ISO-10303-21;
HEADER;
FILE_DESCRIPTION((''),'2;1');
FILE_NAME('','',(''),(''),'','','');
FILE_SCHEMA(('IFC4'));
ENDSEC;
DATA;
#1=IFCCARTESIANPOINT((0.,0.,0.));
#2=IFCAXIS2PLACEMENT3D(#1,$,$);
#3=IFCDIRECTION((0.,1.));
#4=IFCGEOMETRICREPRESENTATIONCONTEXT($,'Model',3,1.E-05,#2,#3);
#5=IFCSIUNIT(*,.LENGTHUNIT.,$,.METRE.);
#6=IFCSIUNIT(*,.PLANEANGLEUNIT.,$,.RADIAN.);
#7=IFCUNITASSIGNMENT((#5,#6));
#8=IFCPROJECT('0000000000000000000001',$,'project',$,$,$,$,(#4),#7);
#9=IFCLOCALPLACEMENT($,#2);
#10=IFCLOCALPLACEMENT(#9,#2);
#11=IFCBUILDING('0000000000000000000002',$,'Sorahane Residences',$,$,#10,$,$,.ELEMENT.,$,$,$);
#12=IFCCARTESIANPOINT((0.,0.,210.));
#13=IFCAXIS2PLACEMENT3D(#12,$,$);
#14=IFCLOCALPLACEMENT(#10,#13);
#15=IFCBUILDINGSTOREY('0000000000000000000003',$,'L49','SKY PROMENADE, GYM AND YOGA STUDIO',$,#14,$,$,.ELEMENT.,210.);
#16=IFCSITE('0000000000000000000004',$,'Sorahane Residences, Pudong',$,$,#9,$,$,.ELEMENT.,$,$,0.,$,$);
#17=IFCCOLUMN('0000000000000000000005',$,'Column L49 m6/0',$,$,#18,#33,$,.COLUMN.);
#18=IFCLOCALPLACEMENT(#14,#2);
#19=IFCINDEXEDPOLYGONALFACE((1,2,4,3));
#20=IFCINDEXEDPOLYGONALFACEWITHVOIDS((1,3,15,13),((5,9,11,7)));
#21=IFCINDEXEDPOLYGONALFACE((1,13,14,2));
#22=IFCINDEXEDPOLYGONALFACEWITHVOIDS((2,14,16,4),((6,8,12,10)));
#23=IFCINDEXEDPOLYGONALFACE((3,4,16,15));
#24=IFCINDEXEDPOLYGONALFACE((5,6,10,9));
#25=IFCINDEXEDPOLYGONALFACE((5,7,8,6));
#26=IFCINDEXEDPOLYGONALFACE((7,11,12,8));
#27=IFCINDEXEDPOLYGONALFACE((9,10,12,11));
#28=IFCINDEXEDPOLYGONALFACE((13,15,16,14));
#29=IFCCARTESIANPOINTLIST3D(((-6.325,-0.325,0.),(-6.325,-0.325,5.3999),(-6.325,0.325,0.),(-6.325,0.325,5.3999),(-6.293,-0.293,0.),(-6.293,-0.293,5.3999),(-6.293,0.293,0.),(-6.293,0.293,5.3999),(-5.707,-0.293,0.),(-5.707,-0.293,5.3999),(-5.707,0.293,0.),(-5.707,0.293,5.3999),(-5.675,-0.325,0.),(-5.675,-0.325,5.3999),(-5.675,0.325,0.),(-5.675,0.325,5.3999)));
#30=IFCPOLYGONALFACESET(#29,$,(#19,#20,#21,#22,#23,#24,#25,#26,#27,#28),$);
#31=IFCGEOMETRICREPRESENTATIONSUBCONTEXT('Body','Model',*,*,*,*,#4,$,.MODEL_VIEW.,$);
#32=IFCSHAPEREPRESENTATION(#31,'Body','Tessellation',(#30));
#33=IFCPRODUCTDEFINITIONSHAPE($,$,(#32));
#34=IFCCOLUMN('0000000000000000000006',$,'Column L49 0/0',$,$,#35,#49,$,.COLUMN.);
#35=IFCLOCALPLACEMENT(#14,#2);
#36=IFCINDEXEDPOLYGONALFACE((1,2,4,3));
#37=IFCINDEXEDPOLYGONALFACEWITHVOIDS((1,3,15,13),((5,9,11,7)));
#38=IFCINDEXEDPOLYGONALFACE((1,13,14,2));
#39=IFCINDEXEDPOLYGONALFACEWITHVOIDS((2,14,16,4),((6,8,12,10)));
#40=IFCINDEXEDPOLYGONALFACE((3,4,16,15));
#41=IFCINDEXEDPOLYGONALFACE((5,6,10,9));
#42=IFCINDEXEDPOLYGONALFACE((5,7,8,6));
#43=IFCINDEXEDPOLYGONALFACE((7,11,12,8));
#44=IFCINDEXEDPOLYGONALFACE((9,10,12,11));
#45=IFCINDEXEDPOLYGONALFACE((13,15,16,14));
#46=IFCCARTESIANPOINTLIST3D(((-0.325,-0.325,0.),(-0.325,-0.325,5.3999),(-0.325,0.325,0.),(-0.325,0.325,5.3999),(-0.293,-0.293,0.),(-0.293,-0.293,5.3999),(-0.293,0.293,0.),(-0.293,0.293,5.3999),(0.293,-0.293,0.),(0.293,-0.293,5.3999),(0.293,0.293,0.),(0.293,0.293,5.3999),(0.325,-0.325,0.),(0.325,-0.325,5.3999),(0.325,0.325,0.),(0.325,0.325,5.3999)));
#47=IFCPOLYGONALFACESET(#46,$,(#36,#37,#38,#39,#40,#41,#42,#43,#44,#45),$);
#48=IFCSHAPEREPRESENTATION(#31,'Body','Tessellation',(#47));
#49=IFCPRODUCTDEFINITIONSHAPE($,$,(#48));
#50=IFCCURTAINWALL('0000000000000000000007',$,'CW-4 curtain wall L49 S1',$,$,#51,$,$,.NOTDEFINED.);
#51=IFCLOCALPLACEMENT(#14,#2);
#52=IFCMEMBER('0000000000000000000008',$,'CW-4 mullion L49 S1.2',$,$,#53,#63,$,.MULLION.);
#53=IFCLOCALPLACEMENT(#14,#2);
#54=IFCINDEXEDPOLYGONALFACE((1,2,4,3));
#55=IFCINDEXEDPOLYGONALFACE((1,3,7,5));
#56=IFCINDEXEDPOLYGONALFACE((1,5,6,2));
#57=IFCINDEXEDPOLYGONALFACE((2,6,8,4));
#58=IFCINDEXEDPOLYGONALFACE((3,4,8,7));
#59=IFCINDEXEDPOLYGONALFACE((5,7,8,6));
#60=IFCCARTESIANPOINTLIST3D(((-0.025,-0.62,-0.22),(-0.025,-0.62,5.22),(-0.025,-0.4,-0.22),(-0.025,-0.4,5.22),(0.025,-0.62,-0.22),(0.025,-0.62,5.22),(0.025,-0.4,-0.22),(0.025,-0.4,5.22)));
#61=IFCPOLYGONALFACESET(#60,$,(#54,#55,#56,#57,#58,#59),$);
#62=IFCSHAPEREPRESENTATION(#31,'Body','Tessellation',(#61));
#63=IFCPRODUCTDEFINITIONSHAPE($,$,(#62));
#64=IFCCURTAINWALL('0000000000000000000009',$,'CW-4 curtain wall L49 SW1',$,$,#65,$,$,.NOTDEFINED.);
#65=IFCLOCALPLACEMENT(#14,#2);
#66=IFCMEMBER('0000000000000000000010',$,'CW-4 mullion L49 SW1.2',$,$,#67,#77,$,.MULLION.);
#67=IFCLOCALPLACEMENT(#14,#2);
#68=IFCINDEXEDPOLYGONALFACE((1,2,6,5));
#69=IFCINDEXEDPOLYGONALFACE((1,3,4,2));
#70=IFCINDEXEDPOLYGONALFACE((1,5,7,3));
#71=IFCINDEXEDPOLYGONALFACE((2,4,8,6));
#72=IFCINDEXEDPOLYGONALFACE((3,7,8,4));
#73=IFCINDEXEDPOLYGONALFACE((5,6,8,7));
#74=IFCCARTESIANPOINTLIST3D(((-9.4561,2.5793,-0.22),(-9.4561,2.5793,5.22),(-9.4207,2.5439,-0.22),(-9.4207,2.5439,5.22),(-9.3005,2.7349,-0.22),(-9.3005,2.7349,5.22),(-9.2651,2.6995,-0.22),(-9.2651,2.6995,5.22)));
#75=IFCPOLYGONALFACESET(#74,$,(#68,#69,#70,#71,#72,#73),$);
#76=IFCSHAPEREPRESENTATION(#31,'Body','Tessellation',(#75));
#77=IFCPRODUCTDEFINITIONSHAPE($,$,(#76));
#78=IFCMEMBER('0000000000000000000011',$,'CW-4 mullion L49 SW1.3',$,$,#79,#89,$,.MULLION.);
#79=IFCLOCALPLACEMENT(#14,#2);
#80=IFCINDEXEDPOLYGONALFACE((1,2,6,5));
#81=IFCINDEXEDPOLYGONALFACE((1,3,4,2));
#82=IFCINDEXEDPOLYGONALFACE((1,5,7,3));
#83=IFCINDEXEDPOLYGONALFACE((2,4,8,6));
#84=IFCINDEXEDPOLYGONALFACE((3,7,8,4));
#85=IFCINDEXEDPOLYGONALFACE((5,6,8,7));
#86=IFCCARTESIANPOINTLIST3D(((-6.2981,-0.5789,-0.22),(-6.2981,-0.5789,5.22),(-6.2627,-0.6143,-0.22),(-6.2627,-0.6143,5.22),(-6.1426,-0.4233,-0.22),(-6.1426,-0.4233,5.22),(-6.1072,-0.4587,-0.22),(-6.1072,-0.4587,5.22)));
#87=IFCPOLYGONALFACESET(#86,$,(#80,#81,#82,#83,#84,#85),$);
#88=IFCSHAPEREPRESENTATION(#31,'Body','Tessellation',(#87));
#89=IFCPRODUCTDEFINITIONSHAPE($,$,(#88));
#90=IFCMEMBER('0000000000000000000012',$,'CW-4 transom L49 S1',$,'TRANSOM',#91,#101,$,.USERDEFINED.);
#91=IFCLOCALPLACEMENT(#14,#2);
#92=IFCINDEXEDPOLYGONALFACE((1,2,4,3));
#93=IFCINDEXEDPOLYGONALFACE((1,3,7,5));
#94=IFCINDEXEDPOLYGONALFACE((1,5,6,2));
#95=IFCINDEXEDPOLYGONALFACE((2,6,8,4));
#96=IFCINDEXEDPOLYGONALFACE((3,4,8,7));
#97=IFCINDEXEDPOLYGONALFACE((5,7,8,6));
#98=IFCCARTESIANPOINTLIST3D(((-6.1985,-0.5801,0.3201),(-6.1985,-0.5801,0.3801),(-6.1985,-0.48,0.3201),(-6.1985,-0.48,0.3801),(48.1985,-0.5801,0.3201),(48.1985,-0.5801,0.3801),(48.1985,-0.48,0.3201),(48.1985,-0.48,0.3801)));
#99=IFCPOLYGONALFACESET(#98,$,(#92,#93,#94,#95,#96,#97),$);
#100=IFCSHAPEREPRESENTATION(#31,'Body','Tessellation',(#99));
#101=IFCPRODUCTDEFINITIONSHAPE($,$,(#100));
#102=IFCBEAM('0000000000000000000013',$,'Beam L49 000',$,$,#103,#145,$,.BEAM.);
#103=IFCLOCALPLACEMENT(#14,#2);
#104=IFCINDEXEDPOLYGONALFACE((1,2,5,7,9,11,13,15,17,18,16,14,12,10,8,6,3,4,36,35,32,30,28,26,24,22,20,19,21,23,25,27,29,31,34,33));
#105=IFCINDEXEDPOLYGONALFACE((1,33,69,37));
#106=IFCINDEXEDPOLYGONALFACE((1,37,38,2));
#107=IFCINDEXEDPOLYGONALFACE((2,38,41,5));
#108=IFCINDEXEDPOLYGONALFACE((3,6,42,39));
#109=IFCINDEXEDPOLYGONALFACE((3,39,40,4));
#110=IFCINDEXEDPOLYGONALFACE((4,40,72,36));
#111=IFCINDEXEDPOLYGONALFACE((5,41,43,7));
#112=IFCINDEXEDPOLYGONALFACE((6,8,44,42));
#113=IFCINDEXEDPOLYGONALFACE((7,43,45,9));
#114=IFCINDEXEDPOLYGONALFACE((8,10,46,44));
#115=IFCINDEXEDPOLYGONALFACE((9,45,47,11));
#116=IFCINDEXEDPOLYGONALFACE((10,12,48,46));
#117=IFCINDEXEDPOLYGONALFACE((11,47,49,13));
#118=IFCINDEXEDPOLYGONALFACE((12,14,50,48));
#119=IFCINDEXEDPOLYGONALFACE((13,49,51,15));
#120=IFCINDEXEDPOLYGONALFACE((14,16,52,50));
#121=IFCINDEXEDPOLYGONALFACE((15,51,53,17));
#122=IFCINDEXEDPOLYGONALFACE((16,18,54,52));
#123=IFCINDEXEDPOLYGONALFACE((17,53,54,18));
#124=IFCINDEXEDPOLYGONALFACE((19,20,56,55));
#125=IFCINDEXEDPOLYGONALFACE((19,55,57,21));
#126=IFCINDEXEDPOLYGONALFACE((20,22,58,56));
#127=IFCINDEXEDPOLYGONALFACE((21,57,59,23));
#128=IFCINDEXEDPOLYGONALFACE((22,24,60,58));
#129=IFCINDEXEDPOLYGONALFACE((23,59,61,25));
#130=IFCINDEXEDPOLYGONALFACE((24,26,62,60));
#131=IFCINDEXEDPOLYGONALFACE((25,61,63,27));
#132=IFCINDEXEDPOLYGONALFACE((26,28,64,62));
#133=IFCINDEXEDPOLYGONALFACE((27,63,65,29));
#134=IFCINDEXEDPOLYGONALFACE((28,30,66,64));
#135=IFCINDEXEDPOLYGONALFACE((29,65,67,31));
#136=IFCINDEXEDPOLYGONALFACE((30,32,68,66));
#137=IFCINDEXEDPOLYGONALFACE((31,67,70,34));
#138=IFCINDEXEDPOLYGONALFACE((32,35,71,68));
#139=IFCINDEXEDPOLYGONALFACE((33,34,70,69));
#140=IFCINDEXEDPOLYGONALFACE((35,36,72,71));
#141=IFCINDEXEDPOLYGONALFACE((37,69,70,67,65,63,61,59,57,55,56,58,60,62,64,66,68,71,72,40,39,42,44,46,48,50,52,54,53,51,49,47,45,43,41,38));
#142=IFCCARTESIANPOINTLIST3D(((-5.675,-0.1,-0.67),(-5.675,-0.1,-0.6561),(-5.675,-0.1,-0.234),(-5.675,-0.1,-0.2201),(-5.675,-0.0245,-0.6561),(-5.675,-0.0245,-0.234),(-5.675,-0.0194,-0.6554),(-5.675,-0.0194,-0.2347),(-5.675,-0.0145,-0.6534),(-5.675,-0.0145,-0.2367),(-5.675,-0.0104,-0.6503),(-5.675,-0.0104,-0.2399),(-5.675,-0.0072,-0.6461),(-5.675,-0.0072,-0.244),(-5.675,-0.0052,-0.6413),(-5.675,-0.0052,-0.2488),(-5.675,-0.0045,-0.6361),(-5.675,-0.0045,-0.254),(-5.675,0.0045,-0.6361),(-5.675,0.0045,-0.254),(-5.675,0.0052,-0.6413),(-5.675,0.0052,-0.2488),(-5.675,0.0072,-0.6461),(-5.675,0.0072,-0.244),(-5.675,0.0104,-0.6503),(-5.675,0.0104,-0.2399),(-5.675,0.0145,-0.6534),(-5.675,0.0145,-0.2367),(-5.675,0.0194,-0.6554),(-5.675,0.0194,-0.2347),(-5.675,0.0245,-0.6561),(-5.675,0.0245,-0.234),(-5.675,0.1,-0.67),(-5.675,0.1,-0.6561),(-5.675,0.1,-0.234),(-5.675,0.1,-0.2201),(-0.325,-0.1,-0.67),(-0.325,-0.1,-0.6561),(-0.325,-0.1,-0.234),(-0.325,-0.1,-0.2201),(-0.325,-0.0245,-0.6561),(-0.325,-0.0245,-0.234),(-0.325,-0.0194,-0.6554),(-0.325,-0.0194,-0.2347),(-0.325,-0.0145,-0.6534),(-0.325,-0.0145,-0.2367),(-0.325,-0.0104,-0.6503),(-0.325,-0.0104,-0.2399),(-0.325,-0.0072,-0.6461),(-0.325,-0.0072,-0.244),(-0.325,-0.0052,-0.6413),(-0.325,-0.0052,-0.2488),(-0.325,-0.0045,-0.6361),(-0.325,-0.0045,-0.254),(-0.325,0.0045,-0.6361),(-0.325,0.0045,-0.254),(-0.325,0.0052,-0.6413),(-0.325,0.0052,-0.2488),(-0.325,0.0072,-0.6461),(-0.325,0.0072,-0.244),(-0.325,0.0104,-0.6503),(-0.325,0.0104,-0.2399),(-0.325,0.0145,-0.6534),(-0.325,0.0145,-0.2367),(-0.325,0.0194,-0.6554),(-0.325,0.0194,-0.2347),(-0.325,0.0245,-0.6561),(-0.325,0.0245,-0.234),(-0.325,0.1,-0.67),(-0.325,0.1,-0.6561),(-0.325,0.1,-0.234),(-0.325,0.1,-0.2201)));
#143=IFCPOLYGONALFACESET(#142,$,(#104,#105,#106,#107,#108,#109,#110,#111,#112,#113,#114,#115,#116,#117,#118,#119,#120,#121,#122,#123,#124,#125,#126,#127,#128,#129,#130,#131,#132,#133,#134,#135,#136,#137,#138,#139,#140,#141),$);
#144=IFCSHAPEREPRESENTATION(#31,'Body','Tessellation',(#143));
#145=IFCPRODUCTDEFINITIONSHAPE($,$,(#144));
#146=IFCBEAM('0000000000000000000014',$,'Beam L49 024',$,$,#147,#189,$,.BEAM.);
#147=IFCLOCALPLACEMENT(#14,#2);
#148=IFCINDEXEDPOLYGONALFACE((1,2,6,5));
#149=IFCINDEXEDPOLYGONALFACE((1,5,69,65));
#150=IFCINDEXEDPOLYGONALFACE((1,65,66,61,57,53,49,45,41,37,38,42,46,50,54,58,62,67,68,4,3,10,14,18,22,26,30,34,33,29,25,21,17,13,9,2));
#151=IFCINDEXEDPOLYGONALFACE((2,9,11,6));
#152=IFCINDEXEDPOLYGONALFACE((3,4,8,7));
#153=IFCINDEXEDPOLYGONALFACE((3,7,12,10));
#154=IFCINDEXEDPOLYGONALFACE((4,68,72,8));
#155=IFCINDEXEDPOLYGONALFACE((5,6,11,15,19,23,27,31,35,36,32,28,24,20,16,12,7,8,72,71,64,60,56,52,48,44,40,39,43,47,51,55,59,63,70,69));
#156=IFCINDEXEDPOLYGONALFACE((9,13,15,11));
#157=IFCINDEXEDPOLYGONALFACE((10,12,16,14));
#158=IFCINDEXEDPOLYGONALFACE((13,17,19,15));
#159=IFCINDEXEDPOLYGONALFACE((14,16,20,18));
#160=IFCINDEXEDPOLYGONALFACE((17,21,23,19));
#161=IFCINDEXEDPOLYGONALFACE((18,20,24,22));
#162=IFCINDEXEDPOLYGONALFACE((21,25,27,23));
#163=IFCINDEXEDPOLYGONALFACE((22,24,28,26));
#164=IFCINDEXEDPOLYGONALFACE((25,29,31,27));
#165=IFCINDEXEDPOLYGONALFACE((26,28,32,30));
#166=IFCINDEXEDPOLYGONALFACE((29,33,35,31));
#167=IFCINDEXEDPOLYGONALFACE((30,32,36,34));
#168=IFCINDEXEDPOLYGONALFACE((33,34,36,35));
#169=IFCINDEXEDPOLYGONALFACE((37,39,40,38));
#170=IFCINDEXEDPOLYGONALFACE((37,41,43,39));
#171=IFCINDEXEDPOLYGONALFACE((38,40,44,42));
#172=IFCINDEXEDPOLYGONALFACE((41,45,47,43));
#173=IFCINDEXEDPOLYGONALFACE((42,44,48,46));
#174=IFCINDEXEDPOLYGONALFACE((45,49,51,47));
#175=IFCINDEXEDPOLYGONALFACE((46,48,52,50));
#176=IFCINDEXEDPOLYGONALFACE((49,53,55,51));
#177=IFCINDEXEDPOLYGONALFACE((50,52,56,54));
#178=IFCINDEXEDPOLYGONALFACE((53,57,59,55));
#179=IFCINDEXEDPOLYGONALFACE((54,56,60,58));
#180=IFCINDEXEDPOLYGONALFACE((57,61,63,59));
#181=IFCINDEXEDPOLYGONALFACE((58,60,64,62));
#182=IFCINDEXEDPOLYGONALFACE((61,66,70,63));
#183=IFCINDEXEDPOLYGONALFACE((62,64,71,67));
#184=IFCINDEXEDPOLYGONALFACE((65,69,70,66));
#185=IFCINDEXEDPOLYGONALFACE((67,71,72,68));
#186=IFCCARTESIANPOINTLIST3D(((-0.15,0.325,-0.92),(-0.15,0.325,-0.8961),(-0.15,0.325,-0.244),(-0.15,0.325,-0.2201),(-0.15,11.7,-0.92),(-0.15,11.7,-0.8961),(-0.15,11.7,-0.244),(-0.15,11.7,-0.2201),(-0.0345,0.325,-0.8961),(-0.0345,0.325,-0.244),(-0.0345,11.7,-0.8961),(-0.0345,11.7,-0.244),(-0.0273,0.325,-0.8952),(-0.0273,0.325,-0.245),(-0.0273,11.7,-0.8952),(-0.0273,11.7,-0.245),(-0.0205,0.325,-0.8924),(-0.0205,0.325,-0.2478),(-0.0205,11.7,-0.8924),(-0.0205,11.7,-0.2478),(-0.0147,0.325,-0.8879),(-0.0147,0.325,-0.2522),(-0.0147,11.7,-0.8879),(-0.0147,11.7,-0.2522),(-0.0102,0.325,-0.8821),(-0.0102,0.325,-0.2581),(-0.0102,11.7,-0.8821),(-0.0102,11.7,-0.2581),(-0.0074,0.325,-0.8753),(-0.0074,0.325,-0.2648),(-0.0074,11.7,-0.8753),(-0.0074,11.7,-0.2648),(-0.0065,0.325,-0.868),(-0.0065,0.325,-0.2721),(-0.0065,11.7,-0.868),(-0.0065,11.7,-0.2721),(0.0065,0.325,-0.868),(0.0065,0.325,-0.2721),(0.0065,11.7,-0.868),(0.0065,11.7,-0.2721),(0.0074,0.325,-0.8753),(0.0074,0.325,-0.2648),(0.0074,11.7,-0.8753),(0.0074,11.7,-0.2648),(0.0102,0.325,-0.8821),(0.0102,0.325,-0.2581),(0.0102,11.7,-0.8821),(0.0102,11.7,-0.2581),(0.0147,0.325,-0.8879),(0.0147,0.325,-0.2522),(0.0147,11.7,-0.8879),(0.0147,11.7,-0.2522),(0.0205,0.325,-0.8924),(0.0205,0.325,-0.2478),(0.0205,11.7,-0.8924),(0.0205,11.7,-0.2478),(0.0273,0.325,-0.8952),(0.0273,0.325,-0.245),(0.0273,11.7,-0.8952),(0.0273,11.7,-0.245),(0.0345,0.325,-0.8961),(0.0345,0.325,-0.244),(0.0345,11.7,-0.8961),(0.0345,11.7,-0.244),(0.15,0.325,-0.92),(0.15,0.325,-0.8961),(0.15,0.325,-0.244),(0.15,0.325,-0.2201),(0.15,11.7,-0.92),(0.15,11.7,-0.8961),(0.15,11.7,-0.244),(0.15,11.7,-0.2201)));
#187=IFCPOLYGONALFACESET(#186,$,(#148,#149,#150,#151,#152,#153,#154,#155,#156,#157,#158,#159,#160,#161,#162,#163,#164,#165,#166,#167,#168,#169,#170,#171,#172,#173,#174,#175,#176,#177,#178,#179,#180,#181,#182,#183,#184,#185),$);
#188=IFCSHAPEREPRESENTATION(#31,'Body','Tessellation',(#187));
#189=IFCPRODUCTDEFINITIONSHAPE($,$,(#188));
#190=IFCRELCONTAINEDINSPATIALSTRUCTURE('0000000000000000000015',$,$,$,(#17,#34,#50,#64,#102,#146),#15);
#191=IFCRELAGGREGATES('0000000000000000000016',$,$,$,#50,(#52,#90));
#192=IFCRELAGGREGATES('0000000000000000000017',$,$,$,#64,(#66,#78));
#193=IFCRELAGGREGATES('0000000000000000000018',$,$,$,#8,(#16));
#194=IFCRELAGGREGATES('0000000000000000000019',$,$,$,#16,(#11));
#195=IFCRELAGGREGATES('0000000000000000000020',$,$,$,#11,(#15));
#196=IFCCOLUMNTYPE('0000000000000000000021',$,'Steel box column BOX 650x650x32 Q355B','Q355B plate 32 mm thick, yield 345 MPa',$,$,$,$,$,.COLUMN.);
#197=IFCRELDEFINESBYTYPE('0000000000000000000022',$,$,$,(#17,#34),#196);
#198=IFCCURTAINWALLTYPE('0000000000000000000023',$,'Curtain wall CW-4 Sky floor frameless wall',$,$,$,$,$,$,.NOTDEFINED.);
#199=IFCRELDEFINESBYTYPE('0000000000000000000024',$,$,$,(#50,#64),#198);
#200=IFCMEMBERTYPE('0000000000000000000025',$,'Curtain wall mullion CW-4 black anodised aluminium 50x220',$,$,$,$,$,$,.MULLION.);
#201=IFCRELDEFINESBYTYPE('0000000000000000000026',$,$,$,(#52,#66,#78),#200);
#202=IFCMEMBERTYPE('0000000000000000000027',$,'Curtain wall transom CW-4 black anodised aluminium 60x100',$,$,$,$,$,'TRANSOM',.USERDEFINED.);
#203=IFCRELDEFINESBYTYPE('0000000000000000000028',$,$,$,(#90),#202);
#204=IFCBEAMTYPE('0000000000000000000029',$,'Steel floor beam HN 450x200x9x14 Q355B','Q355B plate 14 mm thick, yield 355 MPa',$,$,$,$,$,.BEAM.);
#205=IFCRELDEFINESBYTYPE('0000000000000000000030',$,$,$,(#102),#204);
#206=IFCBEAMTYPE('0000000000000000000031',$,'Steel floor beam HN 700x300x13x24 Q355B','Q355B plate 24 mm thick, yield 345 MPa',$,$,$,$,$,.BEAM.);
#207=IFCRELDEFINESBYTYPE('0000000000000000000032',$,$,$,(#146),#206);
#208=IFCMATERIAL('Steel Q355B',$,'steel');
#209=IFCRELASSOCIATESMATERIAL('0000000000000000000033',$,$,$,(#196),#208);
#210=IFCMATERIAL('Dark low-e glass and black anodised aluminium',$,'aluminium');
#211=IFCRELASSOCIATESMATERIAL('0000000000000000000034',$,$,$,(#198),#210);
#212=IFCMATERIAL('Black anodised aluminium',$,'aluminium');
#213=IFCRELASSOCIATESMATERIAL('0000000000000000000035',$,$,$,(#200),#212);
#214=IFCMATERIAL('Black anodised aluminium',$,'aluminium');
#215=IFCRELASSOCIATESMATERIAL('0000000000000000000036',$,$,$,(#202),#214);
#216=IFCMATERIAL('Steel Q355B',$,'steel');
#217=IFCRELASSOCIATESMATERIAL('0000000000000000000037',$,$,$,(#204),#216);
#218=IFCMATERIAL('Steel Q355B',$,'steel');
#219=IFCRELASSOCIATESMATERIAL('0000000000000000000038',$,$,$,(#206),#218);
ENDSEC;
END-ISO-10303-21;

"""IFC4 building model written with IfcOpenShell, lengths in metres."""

from ifc_helpers import new_model, si_unit, direction, frame, origin, origin_2d, place, context, subcontext, project, spatial, rectangle, hollow_rectangle, i_section, extrude, material, material_profile, profile_set, type_object, element, aggregate, save


model = new_model("IFC4")

# Units and contexts
model_context = context("Model", 3, precision=1e-05, world=origin(), true_north=direction((0.0, 1.0)))
body_context = subcontext(model_context, "Body", "Model", "MODEL_VIEW")
ifc_project = project(units=[si_unit("LENGTHUNIT", "METRE"), si_unit("PLANEANGLEUNIT", "RADIAN")], contexts=[model_context])

# Site, building, storey
site_placement = place(None, origin())
site = spatial("IfcSite", under=ifc_project, at=site_placement, Name="Sorahane Residences, Pudong", CompositionType="ELEMENT", RefElevation=0.0)
building_placement = place(site_placement, origin())
building = spatial("IfcBuilding", under=site, at=building_placement, Name="Sorahane Residences", CompositionType="ELEMENT")
storey_placement = place(building_placement, frame((0.0, 0.0, 210.0)))
storey = spatial("IfcBuildingStorey", under=building, at=storey_placement, Name="L49", Description="SKY PROMENADE, GYM AND YOGA STUDIO", CompositionType="ELEMENT", Elevation=210.0)

# Columns
ifc_material_1 = material(Name="Steel Q355B", Category="steel")
ifc_material_profile_1 = material_profile(ifc_material_1, hollow_rectangle(XDim=0.6499, YDim=0.6499, WallThickness=0.032, at=origin_2d()), Name="BOX 650x650x32")
ifc_profile_set_1 = profile_set([ifc_material_profile_1], Name="Steel Q355B")
column_type = type_object("IfcColumnType", Name="Steel box column BOX 650x650x32 Q355B", Description="Q355B plate 32 mm thick, yield 345 MPa", PredefinedType="COLUMN", material=ifc_profile_set_1)
for number, where, z_axis, x_axis, name in (
    (1, (-6.0, 0.0, 0.0), (0.0, 0.0, 1.0), (1.0, 0.0, 0.0), "Column L49 m6/0"),
    (2, (0.0, 0.0, 0.0), (0.0, 0.0, 1.0), (1.0, 0.0, 0.0), "Column L49 0/0"),
):
    element("IfcColumn", number, at=place(storey_placement, frame(where, z_axis=z_axis, x_axis=x_axis)), inside=storey, type_object=column_type, Name=name, PredefinedType="COLUMN", context=body_context, shape_type="SweptSolid", body=[
        extrude(hollow_rectangle(XDim=0.6499, YDim=0.6499, WallThickness=0.032, at=origin_2d()), origin(), (0.0, 0.0, 1.0), 5.3999),
    ])

# Curtain wall, member
ifc_material_2 = material(Name="Dark low-e glass and black anodised aluminium", Category="aluminium")
curtain_wall_type = type_object("IfcCurtainWallType", Name="Curtain wall CW-4 Sky floor frameless wall", PredefinedType="NOTDEFINED", material=ifc_material_2)
curtain_wall_1_placement = place(storey_placement, origin())
curtain_wall_1 = element("IfcCurtainWall", 3, at=curtain_wall_1_placement, inside=storey, type_object=curtain_wall_type, Name="CW-4 curtain wall L49 S1", PredefinedType="NOTDEFINED")
ifc_material_3 = material(Name="Black anodised aluminium", Category="aluminium")
ifc_material_profile_2 = material_profile(ifc_material_3, rectangle(XDim=0.22, YDim=0.05, at=origin_2d()), Name="Curtain wall mullion CW-4 black anodised aluminium 50x220")
ifc_profile_set_2 = profile_set([ifc_material_profile_2], Name="Black anodised aluminium")
member_type_1 = type_object("IfcMemberType", Name="Curtain wall mullion CW-4 black anodised aluminium 50x220", PredefinedType="MULLION", material=ifc_profile_set_2)
member_1_placement = place(storey_placement, frame((0.0, -0.51, -0.22), z_axis=(0.0, 0.0, 1.0), x_axis=(0.0, -1.0, 0.0)))
member_1 = element("IfcMember", 4, at=member_1_placement, type_object=member_type_1, Name="CW-4 mullion L49 S1.2", PredefinedType="MULLION", context=body_context, shape_type="SweptSolid", body=[
    extrude(rectangle(XDim=0.22, YDim=0.05, at=origin_2d()), origin(), (0.0, 0.0, 1.0), 5.4399),
])

# Curtain wall, members
curtain_wall_2_placement = place(storey_placement, origin())
curtain_wall_2 = element("IfcCurtainWall", 5, at=curtain_wall_2_placement, inside=storey, type_object=curtain_wall_type, Name="CW-4 curtain wall L49 SW1", PredefinedType="NOTDEFINED")
member_2_placement = place(storey_placement, frame((-9.3606, 2.6394, -0.22), z_axis=(0.0, 0.0, 1.0), x_axis=(-0.707107, -0.707107, 0.0)))
member_2 = element("IfcMember", 6, at=member_2_placement, type_object=member_type_1, Name="CW-4 mullion L49 SW1.2", PredefinedType="MULLION", context=body_context, shape_type="SweptSolid", body=[
    extrude(rectangle(XDim=0.22, YDim=0.05, at=origin_2d()), origin(), (0.0, 0.0, 1.0), 5.4399),
])
member_3_placement = place(storey_placement, frame((-6.2026, -0.5188, -0.22), z_axis=(0.0, 0.0, 1.0), x_axis=(-0.707107, -0.707107, 0.0)))
member_3 = element("IfcMember", 7, at=member_3_placement, type_object=member_type_1, Name="CW-4 mullion L49 SW1.3", PredefinedType="MULLION", context=body_context, shape_type="SweptSolid", body=[
    extrude(rectangle(XDim=0.22, YDim=0.05, at=origin_2d()), origin(), (0.0, 0.0, 1.0), 5.4399),
])

# Member
ifc_material_4 = material(Name="Black anodised aluminium", Category="aluminium")
ifc_material_profile_3 = material_profile(ifc_material_4, rectangle(XDim=0.1001, YDim=0.0601, at=origin_2d()), Name="Curtain wall transom CW-4 black anodised aluminium 60x100")
ifc_profile_set_3 = profile_set([ifc_material_profile_3], Name="Black anodised aluminium")
member_type_2 = type_object("IfcMemberType", Name="Curtain wall transom CW-4 black anodised aluminium 60x100", ElementType="TRANSOM", PredefinedType="USERDEFINED", material=ifc_profile_set_3)
member_4_placement = place(storey_placement, frame((-6.1985, -0.53, 0.3501), z_axis=(1.0, 0.0, 0.0), x_axis=(0.0, 1.0, 0.0)))
member_4 = element("IfcMember", 8, at=member_4_placement, type_object=member_type_2, Name="CW-4 transom L49 S1", ObjectType="TRANSOM", PredefinedType="USERDEFINED", context=body_context, shape_type="SweptSolid", body=[
    extrude(rectangle(XDim=0.1001, YDim=0.0601, at=origin_2d()), origin(), (0.0, 0.0, 1.0), 54.397),
])

# Beams
ifc_material_5 = material(Name="Steel Q355B", Category="steel")
ifc_material_profile_4 = material_profile(ifc_material_5, i_section(OverallWidth=0.2, OverallDepth=0.45, WebThickness=0.009, FlangeThickness=0.0139, FilletRadius=0.02, at=origin_2d()), Name="HN 450x200x9x14")
ifc_profile_set_4 = profile_set([ifc_material_profile_4], Name="Steel Q355B")
beam_type_1 = type_object("IfcBeamType", Name="Steel floor beam HN 450x200x9x14 Q355B", Description="Q355B plate 14 mm thick, yield 355 MPa", PredefinedType="BEAM", material=ifc_profile_set_4)
beam_1_placement = place(storey_placement, frame((-5.675, 0.0, -0.4451), z_axis=(1.0, 0.0, 0.0), x_axis=(0.0, 1.0, 0.0)))
element("IfcBeam", 9, at=beam_1_placement, inside=storey, type_object=beam_type_1, Name="Beam L49 000", PredefinedType="BEAM", context=body_context, shape_type="SweptSolid", body=[
    extrude(i_section(OverallWidth=0.2, OverallDepth=0.45, WebThickness=0.009, FlangeThickness=0.0139, FilletRadius=0.02, at=origin_2d()), origin(), (0.0, 0.0, 1.0), 5.3501),
])
ifc_material_6 = material(Name="Steel Q355B", Category="steel")
ifc_material_profile_5 = material_profile(ifc_material_6, i_section(OverallWidth=0.3, OverallDepth=0.7, WebThickness=0.0129, FlangeThickness=0.0239, FilletRadius=0.0281, at=origin_2d()), Name="HN 700x300x13x24")
ifc_profile_set_5 = profile_set([ifc_material_profile_5], Name="Steel Q355B")
beam_type_2 = type_object("IfcBeamType", Name="Steel floor beam HN 700x300x13x24 Q355B", Description="Q355B plate 24 mm thick, yield 345 MPa", PredefinedType="BEAM", material=ifc_profile_set_5)
beam_2_placement = place(storey_placement, frame((0.0, 0.325, -0.5701), z_axis=(0.0, 1.0, 0.0), x_axis=(-1.0, 0.0, 0.0)))
element("IfcBeam", 10, at=beam_2_placement, inside=storey, type_object=beam_type_2, Name="Beam L49 024", PredefinedType="BEAM", context=body_context, shape_type="SweptSolid", body=[
    extrude(i_section(OverallWidth=0.3, OverallDepth=0.7, WebThickness=0.0129, FlangeThickness=0.0239, FilletRadius=0.0281, at=origin_2d()), origin(), (0.0, 0.0, 1.0), 11.375),
])

aggregate(curtain_wall_1, [member_1, member_4])
aggregate(curtain_wall_2, [member_2, member_3])

save(model, "model.ifc")
